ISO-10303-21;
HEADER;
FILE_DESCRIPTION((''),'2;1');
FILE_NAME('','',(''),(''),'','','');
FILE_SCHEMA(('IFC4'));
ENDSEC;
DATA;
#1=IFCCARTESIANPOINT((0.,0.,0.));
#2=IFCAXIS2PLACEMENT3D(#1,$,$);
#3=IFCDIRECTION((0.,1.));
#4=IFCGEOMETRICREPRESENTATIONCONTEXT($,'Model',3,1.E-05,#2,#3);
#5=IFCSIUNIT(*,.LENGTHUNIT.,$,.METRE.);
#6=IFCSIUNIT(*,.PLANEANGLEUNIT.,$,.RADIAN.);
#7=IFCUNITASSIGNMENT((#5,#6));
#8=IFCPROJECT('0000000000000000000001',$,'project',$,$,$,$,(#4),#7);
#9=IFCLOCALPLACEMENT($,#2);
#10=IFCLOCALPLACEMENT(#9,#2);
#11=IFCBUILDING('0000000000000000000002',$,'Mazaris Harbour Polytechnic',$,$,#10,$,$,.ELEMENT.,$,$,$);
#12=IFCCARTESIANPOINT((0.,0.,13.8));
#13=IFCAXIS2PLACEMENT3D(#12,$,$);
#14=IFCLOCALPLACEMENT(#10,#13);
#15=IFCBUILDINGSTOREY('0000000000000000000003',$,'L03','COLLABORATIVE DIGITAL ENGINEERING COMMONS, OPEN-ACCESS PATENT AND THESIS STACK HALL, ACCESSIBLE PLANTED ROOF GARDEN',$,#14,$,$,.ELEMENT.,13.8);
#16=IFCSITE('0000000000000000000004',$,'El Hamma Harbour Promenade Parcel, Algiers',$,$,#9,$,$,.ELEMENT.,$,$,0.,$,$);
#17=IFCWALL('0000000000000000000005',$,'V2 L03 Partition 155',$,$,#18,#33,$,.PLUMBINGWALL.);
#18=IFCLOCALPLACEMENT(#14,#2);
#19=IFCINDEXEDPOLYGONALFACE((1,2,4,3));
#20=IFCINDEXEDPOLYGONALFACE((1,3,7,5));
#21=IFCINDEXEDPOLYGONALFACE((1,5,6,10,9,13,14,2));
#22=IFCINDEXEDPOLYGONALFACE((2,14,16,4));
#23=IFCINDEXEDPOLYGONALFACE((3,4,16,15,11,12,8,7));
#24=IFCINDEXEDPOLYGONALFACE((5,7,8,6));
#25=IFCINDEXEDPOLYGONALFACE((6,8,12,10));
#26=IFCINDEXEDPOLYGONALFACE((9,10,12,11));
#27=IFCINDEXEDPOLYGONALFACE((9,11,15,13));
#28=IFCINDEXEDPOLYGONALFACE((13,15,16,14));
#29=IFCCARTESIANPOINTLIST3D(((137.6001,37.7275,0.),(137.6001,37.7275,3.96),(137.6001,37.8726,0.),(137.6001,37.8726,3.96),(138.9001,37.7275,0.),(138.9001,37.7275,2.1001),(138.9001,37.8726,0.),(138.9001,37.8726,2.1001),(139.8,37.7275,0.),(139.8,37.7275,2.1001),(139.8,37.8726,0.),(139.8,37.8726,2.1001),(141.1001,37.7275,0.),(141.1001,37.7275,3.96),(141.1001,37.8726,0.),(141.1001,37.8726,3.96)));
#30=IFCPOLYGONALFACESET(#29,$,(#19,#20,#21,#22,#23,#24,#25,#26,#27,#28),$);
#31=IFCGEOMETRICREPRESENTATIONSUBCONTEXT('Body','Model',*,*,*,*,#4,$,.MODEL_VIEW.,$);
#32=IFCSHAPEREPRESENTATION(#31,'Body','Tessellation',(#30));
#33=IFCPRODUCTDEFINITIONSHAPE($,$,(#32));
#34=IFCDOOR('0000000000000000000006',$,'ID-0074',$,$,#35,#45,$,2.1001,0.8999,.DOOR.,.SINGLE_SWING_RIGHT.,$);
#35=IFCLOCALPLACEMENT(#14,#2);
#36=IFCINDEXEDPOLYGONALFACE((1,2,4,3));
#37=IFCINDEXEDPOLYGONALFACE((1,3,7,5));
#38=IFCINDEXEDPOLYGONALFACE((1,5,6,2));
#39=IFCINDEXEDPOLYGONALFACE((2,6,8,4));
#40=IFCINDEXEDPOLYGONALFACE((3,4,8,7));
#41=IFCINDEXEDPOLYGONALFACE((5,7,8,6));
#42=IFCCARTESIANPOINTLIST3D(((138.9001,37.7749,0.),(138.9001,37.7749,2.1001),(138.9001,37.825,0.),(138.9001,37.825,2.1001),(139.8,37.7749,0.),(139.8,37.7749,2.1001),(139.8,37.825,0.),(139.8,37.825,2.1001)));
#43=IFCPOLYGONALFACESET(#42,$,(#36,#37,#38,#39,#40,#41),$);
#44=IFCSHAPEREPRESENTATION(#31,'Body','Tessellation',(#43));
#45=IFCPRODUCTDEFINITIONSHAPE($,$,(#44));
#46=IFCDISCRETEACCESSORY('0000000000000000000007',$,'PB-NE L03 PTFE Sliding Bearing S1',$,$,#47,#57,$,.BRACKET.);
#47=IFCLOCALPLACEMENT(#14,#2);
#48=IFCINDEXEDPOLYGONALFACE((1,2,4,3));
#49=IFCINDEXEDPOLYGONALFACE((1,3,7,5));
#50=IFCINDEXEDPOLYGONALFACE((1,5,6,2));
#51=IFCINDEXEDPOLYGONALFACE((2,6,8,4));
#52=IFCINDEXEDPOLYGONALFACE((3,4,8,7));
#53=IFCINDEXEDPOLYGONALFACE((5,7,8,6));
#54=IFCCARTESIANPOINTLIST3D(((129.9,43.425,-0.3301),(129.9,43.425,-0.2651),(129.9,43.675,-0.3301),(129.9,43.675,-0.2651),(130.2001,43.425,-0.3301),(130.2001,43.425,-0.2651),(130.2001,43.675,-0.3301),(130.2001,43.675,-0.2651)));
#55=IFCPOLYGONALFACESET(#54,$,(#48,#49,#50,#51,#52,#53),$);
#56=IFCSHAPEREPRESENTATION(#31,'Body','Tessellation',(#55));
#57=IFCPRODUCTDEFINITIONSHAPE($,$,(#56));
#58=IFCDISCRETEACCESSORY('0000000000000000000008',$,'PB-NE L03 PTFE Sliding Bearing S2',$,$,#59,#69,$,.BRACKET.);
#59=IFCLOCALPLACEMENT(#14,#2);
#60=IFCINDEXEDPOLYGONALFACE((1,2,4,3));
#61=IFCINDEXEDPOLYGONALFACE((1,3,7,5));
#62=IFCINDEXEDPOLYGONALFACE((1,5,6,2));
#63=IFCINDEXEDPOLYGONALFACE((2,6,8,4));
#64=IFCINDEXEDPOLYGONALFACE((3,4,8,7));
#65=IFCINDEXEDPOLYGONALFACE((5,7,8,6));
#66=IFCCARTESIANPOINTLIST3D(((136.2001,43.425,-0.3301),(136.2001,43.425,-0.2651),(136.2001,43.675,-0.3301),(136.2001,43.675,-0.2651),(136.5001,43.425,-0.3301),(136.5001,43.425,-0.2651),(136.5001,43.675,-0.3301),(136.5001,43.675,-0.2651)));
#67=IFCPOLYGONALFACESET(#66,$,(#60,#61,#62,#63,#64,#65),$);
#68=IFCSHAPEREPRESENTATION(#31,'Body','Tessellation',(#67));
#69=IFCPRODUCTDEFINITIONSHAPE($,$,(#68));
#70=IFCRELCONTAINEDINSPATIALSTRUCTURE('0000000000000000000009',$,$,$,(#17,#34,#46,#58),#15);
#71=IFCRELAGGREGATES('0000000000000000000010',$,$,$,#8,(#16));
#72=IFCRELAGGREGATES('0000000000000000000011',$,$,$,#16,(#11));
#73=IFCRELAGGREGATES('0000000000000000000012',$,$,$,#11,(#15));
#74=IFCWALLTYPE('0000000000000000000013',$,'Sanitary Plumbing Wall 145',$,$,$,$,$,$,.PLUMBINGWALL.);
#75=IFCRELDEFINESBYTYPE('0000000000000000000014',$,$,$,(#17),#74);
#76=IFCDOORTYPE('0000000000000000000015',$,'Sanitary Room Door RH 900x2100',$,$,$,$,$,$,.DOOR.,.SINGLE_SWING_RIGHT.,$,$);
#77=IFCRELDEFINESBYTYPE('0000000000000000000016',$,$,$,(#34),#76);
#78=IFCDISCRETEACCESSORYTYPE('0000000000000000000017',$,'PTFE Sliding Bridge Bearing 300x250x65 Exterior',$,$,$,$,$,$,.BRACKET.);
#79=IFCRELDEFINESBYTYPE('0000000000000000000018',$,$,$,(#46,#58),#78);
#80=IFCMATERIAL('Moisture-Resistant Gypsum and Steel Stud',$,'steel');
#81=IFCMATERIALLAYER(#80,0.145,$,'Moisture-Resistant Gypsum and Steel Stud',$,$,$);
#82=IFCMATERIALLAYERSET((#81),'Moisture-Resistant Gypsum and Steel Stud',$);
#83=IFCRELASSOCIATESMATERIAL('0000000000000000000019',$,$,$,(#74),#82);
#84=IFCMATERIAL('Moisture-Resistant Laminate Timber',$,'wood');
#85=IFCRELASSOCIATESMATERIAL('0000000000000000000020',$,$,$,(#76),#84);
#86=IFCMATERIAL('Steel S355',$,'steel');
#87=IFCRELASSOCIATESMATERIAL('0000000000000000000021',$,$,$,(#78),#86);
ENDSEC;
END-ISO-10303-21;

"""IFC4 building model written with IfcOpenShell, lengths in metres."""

from ifc_helpers import new_model, si_unit, direction, frame, frame_2d, origin, origin_2d, place, context, subcontext, project, spatial, rectangle, extrude, material, layer, layer_set, type_object, element, fill, save


model = new_model("IFC4")

# Units and contexts
model_context = context("Model", 3, precision=1e-05, world=origin(), true_north=direction((0.0, 1.0)))
body_context = subcontext(model_context, "Body", "Model", "MODEL_VIEW")
ifc_project = project(units=[si_unit("LENGTHUNIT", "METRE"), si_unit("PLANEANGLEUNIT", "RADIAN")], contexts=[model_context])

# Site, building, storey
site_placement = place(None, origin())
site = spatial("IfcSite", under=ifc_project, at=site_placement, Name="El Hamma Harbour Promenade Parcel, Algiers", CompositionType="ELEMENT", RefElevation=0.0)
building_placement = place(site_placement, origin())
building = spatial("IfcBuilding", under=site, at=building_placement, Name="Mazaris Harbour Polytechnic", CompositionType="ELEMENT")
storey_placement = place(building_placement, frame((0.0, 0.0, 13.8)))
storey = spatial("IfcBuildingStorey", under=building, at=storey_placement, Name="L03", Description="COLLABORATIVE DIGITAL ENGINEERING COMMONS, OPEN-ACCESS PATENT AND THESIS STACK HALL, ACCESSIBLE PLANTED ROOF GARDEN", CompositionType="ELEMENT", Elevation=13.8)

# Wall, opening, door
ifc_material_1 = material(Name="Moisture-Resistant Gypsum and Steel Stud", Category="steel")
ifc_layer_1 = layer(ifc_material_1, 0.145, Name="Moisture-Resistant Gypsum and Steel Stud")
ifc_layer_set_1 = layer_set([ifc_layer_1], Name="Moisture-Resistant Gypsum and Steel Stud")
wall_type_1 = type_object("IfcWallType", Name="Sanitary Plumbing Wall 145", PredefinedType="PLUMBINGWALL", material=ifc_layer_set_1)
wall_1_placement = place(storey_placement, frame((137.6001, 37.8, 0.0), z_axis=(0.0, 0.0, 1.0), x_axis=(1.0, 0.0, 0.0)))
wall_1 = element("IfcWall", 1, at=wall_1_placement, inside=storey, type_object=wall_type_1, Name="V2 L03 Partition 155", PredefinedType="PLUMBINGWALL", context=body_context, shape_type="SweptSolid", body=[
    extrude(rectangle(XDim=3.5, YDim=0.145, at=frame_2d((1.75, 0.0))), origin(), (0.0, 0.0, 1.0), 3.96),
])
opening_1_placement = place(wall_1_placement, frame((1.3, 0.0, 0.0)))
opening_1 = element("IfcOpeningElement", 2, at=opening_1_placement, cuts=wall_1, PredefinedType="OPENING", context=body_context, shape_type="SweptSolid", body=[
    extrude(rectangle(XDim=0.8999, YDim=2.1001, at=frame_2d((0.45, 1.05))), frame((0.0, 0.0825, 0.0), z_axis=(0.0, -1.0, 0.0), x_axis=(1.0, 0.0, 0.0)), (0.0, 0.0, 1.0), 0.165),
])
ifc_material_2 = material(Name="Moisture-Resistant Laminate Timber", Category="wood")
door_type_1 = type_object("IfcDoorType", Name="Sanitary Room Door RH 900x2100", OperationType="SINGLE_SWING_RIGHT", PredefinedType="DOOR", material=ifc_material_2)
door_1_placement = place(opening_1_placement, origin())
door_1 = element("IfcDoor", 3, at=door_1_placement, inside=storey, type_object=door_type_1, Name="ID-0074", OperationType="SINGLE_SWING_RIGHT", OverallHeight=2.1001, OverallWidth=0.8999, PredefinedType="DOOR", context=body_context, shape_type="SweptSolid", body=[
    extrude(rectangle(XDim=0.8999, YDim=2.1001, at=frame_2d((0.45, 1.05))), frame((0.0, 0.0249, 0.0), z_axis=(0.0, -1.0, 0.0), x_axis=(1.0, 0.0, 0.0)), (0.0, 0.0, 1.0), 0.05),
])
fill(opening_1, door_1)

# Discrete accessories
ifc_material_3 = material(Name="Steel S355", Category="steel")
discrete_accessory_type = type_object("IfcDiscreteAccessoryType", Name="PTFE Sliding Bridge Bearing 300x250x65 Exterior", PredefinedType="BRACKET", material=ifc_material_3)
for number, where, z_axis, x_axis, name in (
    (4, (130.05, 43.55, -0.3301), (0.0, 0.0, 1.0), (1.0, 0.0, 0.0), "PB-NE L03 PTFE Sliding Bearing S1"),
    (5, (136.3501, 43.55, -0.3301), (0.0, 0.0, 1.0), (1.0, 0.0, 0.0), "PB-NE L03 PTFE Sliding Bearing S2"),
):
    element("IfcDiscreteAccessory", number, at=place(storey_placement, frame(where, z_axis=z_axis, x_axis=x_axis)), inside=storey, type_object=discrete_accessory_type, Name=name, PredefinedType="BRACKET", context=body_context, shape_type="SweptSolid", body=[
        extrude(rectangle(XDim=0.3, YDim=0.25, at=origin_2d()), origin(), (0.0, 0.0, 1.0), 0.0649),
    ])

save(model, "model.ifc")
